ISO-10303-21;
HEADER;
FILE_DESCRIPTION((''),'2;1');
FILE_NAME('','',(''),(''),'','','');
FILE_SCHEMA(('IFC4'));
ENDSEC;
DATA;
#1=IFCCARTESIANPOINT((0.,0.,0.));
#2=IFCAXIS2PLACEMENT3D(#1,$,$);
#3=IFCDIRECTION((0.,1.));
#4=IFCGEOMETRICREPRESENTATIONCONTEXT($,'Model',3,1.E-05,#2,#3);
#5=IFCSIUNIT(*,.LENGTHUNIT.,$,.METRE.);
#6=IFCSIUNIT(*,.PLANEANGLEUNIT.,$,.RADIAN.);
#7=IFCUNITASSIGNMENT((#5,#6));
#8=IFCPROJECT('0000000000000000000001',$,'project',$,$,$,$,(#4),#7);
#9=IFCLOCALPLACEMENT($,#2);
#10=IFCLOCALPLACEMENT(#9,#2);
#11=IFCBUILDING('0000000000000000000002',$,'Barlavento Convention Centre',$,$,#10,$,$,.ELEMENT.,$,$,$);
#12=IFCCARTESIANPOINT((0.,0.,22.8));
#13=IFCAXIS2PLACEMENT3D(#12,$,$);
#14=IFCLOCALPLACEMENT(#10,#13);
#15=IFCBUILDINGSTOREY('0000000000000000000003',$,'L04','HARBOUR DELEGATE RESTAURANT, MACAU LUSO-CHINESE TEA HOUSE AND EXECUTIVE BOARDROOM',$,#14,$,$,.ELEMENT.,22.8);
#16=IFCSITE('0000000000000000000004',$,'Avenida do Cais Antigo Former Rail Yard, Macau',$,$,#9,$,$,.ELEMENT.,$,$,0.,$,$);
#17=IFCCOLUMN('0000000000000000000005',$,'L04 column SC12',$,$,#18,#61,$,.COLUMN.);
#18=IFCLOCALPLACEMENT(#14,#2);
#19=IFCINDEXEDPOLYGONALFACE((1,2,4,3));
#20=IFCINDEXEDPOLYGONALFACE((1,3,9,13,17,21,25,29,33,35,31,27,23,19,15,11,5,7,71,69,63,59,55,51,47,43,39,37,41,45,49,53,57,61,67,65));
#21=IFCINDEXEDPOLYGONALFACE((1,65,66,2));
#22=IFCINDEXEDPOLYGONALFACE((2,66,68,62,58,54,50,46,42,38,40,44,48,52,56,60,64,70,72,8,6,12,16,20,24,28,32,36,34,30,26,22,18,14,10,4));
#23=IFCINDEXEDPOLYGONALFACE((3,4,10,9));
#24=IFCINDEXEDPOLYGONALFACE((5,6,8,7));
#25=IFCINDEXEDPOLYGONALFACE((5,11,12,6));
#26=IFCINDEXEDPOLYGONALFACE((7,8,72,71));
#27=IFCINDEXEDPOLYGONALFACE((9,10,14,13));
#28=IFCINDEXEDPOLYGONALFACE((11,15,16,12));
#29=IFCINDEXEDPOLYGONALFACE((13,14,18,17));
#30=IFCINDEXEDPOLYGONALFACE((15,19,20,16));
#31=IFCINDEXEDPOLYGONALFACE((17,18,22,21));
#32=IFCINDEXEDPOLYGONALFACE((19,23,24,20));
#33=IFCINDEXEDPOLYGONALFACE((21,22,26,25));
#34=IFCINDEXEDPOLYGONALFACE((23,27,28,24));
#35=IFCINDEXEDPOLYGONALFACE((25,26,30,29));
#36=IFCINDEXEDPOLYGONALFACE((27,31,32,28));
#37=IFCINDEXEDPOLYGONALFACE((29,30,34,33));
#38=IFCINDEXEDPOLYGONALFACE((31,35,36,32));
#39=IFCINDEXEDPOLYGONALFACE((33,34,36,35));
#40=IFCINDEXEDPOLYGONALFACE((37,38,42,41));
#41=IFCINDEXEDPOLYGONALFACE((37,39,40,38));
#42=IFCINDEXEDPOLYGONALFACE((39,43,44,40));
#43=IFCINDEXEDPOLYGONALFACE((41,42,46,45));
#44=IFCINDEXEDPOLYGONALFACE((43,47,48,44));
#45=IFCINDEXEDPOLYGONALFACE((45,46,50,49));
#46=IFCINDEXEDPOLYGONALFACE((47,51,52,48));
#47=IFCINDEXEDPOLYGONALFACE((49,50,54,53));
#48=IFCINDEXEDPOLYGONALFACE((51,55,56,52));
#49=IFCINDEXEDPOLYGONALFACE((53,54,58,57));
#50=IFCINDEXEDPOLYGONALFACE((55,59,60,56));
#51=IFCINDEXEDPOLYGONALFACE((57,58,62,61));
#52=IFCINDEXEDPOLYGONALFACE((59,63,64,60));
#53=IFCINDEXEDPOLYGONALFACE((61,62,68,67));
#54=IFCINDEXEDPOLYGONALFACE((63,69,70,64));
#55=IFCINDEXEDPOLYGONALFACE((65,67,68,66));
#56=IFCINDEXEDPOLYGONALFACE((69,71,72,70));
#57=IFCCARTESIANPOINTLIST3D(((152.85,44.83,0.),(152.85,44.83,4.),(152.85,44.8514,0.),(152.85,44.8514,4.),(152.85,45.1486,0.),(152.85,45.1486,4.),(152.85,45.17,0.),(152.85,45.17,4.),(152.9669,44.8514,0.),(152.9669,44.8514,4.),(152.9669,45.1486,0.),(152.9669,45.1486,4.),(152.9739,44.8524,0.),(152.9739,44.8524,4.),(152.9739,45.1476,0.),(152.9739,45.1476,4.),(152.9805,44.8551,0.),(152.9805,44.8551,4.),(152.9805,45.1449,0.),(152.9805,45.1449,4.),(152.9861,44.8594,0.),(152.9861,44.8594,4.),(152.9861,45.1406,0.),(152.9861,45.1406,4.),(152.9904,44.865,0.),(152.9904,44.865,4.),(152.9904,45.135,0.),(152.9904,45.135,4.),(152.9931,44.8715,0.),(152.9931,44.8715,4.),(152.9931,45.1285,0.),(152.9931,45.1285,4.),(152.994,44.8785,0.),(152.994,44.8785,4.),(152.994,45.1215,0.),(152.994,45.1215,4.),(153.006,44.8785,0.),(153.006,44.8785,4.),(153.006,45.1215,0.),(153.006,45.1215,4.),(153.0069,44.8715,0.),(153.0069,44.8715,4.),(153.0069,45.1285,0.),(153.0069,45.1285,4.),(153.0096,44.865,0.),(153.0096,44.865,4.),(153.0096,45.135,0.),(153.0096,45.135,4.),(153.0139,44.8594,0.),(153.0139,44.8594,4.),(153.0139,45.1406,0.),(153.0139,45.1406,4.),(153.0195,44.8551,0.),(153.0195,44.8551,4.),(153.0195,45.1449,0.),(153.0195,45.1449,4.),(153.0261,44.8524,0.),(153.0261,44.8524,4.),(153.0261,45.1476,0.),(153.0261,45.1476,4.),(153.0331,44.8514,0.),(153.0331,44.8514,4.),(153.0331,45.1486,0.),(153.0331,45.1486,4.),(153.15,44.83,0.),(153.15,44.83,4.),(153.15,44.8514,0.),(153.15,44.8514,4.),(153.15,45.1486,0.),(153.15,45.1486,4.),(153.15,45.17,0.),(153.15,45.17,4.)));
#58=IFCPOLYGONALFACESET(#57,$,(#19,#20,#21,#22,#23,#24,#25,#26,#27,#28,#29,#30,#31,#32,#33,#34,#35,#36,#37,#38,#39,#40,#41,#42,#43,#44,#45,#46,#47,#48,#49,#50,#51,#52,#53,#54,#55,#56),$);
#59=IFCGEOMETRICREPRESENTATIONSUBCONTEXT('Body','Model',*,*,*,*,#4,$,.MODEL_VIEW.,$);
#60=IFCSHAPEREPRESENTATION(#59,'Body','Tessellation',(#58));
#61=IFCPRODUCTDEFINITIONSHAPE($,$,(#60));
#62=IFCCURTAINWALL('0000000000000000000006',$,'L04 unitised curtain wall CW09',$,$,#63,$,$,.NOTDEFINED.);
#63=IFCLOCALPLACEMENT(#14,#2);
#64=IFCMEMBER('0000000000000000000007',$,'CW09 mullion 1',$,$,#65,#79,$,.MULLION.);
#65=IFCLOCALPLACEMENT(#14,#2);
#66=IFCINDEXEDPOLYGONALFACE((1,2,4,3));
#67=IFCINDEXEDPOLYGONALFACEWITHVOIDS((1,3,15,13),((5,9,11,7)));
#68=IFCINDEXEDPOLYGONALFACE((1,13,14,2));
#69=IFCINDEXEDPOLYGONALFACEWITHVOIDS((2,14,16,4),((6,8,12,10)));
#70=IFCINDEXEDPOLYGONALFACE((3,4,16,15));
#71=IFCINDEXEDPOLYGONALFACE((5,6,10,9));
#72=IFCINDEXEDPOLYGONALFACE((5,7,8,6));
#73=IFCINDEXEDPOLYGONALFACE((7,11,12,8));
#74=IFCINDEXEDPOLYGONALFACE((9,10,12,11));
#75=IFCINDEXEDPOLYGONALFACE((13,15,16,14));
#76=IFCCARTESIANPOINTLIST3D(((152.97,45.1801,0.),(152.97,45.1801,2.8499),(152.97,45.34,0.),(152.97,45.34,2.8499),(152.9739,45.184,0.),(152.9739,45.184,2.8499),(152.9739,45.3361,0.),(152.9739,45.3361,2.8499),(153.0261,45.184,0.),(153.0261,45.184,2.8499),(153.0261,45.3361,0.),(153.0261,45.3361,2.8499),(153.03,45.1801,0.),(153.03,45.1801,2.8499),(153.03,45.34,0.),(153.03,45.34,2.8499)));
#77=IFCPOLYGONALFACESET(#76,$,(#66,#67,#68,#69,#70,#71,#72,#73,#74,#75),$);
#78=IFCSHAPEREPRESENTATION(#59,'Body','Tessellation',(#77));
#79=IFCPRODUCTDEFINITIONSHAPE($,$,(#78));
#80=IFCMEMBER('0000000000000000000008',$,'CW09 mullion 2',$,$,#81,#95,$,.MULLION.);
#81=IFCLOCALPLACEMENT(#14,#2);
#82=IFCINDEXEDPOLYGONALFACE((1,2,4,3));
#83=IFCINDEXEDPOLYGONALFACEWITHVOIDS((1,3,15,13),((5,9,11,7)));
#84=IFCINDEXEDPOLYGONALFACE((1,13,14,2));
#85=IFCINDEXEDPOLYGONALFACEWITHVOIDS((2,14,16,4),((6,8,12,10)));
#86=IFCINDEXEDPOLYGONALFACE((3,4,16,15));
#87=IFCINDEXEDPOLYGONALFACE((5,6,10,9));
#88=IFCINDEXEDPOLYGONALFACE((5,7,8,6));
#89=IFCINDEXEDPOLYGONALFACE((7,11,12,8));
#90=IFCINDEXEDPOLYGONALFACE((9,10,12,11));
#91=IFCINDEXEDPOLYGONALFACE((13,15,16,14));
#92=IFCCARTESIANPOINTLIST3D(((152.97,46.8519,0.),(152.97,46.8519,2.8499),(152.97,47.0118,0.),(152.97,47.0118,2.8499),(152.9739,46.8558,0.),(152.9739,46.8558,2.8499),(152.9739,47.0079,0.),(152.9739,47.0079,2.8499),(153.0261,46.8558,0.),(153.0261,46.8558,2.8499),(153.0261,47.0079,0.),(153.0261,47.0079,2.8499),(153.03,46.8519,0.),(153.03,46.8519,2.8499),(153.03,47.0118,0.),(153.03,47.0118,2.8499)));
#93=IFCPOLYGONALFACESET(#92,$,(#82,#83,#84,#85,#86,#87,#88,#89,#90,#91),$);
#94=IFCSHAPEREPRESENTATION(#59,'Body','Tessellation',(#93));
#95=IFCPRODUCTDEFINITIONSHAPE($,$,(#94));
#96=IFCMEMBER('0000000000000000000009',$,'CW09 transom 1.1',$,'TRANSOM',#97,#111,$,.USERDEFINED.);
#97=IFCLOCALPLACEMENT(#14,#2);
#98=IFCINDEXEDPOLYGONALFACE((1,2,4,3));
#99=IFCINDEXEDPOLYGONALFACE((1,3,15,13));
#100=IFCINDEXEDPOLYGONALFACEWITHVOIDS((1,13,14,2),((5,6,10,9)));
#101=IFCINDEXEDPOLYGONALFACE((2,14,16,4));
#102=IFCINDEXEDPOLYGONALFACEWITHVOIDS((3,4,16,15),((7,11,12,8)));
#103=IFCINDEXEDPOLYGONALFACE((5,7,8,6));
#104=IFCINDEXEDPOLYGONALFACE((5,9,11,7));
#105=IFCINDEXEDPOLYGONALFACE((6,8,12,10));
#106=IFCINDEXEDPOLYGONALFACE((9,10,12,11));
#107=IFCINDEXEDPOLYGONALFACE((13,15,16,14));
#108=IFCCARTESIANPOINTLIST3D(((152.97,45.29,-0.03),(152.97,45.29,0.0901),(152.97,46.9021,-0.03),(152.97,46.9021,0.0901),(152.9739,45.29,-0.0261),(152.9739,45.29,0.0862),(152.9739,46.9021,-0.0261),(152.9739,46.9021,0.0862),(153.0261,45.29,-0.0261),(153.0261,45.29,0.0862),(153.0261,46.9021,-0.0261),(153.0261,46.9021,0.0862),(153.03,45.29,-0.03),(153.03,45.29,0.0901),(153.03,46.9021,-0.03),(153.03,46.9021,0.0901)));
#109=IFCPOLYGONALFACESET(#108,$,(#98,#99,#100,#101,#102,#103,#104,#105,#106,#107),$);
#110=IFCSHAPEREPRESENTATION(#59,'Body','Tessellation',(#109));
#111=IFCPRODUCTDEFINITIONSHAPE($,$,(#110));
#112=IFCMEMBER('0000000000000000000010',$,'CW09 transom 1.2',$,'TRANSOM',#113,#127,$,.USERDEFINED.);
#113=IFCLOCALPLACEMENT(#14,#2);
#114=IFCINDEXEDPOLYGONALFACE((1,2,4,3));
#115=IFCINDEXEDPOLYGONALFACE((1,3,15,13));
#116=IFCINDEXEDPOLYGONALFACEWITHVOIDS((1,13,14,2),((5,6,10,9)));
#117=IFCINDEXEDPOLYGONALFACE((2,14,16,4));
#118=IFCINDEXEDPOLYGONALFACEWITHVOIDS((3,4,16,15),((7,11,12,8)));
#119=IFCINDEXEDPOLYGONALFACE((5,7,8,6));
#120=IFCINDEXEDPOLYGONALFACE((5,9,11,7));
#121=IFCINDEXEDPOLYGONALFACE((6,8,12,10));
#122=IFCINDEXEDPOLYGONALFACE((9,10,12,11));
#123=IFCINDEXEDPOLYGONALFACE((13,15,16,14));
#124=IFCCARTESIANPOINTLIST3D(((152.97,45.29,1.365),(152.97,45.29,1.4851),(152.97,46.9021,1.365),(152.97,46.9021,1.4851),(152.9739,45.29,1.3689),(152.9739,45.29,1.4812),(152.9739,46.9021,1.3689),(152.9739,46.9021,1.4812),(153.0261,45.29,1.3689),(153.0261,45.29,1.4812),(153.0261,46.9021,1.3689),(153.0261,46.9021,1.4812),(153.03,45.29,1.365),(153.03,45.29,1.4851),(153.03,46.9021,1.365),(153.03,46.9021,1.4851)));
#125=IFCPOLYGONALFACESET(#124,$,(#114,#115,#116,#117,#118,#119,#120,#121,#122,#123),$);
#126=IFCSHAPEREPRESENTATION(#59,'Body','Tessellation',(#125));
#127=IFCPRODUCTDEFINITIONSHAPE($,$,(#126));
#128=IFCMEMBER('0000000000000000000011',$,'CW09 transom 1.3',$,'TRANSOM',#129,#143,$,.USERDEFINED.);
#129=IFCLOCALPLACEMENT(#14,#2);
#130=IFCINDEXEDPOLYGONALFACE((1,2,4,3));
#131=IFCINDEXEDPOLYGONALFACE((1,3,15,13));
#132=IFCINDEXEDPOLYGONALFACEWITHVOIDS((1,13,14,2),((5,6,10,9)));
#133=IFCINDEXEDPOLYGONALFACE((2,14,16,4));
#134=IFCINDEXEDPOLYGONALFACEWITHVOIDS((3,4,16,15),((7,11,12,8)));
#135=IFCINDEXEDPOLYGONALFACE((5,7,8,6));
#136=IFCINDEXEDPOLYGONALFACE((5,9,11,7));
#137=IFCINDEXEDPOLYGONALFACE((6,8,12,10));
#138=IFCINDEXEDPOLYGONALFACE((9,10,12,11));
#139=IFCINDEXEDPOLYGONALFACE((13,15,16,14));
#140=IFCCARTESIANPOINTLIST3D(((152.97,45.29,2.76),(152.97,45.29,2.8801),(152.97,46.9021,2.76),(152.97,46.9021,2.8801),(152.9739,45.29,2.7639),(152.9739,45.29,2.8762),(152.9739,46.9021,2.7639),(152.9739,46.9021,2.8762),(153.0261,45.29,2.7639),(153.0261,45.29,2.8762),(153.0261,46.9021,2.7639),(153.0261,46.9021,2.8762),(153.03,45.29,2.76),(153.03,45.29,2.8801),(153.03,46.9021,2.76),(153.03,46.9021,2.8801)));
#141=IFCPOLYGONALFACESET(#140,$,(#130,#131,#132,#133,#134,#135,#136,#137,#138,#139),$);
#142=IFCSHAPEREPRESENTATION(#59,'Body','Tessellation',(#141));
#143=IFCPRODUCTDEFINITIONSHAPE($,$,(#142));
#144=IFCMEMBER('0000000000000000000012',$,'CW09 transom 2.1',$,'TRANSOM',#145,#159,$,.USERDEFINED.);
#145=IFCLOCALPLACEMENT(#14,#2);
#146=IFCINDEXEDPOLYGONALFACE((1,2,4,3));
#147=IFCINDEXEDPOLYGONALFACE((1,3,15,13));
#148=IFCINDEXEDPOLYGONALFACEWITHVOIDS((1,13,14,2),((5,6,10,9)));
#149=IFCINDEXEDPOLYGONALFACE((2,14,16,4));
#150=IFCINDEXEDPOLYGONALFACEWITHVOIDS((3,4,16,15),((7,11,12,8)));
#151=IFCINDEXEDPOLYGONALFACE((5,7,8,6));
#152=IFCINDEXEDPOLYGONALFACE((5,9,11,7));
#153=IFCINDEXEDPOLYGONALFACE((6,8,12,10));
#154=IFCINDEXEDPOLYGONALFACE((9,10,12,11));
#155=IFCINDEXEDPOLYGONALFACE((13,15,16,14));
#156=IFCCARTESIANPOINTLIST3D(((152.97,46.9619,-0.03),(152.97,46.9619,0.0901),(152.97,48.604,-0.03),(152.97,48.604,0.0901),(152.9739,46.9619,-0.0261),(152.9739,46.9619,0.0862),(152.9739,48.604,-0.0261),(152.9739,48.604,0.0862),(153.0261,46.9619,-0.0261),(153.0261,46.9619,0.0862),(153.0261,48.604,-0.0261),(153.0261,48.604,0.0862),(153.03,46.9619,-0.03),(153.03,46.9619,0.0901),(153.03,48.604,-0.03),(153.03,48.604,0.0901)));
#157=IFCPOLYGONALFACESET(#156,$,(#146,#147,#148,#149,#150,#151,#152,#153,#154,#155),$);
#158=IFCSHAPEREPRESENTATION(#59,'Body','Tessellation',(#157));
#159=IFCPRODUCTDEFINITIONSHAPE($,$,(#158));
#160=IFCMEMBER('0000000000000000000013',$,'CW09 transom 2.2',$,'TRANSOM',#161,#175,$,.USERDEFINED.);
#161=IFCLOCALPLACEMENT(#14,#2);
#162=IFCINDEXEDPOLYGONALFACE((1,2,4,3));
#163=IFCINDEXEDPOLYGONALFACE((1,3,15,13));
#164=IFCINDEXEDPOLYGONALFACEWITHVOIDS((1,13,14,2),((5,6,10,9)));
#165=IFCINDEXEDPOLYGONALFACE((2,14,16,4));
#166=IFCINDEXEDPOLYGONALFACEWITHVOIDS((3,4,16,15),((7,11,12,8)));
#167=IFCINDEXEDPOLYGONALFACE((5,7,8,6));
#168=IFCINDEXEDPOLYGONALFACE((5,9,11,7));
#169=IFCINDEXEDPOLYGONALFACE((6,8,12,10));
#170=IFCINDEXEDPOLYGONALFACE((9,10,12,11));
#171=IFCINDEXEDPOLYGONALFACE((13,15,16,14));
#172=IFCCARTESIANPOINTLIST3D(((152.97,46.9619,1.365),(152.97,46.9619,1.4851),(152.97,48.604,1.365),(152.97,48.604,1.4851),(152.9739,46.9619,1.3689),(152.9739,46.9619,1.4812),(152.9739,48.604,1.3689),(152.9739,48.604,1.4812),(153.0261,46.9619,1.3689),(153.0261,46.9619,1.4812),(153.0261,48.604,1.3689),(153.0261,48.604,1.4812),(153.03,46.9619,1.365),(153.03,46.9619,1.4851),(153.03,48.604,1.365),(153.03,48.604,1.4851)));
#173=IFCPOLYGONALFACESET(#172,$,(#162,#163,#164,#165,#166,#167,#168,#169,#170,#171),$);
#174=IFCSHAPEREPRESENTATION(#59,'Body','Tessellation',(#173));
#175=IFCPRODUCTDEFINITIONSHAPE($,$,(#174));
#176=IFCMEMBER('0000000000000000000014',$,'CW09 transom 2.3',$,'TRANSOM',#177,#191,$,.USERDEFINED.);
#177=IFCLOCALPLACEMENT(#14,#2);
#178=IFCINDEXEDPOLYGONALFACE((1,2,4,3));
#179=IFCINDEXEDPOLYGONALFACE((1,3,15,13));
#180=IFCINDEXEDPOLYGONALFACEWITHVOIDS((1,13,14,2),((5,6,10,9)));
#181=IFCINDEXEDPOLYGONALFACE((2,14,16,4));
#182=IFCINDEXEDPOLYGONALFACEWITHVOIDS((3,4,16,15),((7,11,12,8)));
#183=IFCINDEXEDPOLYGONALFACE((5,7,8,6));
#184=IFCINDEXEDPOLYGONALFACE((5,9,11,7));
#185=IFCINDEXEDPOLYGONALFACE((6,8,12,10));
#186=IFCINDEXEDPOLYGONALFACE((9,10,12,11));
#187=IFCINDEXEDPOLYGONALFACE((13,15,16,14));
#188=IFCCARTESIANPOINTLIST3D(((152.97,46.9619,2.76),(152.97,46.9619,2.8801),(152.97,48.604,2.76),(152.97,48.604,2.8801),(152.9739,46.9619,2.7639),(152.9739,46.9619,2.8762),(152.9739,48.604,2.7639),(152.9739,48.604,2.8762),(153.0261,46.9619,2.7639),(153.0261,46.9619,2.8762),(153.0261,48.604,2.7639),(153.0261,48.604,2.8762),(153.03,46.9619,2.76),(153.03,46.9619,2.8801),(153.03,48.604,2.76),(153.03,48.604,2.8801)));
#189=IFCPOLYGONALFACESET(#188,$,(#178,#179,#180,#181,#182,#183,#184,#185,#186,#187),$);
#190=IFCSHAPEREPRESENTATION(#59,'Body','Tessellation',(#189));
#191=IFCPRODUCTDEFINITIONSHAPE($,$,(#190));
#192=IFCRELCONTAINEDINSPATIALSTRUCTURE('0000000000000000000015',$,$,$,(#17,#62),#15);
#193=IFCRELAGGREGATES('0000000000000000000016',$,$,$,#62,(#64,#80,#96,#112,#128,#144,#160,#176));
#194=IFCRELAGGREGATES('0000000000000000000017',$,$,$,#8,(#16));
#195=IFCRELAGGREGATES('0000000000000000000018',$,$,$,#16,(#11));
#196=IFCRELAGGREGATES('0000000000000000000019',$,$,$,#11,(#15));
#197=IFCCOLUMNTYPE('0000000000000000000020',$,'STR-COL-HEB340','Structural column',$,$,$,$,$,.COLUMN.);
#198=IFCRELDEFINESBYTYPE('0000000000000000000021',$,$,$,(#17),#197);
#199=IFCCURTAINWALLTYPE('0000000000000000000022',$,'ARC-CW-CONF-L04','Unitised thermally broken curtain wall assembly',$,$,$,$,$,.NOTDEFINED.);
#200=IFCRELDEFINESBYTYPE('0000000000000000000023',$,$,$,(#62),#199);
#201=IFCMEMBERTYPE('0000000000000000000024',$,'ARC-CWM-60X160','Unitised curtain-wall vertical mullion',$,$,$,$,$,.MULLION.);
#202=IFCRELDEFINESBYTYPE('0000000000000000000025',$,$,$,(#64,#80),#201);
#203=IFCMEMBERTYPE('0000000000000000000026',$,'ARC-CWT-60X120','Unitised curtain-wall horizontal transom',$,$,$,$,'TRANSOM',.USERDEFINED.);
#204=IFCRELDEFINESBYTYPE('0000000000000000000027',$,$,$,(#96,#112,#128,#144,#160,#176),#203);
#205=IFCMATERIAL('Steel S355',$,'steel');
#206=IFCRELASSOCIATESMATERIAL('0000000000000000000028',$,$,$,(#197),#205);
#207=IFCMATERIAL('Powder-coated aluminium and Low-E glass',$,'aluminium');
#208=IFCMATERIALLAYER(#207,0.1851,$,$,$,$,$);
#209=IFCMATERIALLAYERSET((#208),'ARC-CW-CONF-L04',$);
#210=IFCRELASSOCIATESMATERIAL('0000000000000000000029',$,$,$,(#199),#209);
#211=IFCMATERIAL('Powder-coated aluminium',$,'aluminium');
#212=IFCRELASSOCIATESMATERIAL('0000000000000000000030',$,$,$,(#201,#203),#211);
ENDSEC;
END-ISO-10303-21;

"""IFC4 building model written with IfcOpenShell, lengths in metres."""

from ifc_helpers import new_model, si_unit, direction, frame, origin, origin_2d, place, context, subcontext, project, spatial, hollow_rectangle, i_section, extrude, material, layer, layer_set, material_profile, profile_set, type_object, element, aggregate, save


model = new_model("IFC4")

# Units and contexts
model_context = context("Model", 3, precision=1e-05, world=origin(), true_north=direction((0.0, 1.0)))
body_context = subcontext(model_context, "Body", "Model", "MODEL_VIEW")
ifc_project = project(units=[si_unit("LENGTHUNIT", "METRE"), si_unit("PLANEANGLEUNIT", "RADIAN")], contexts=[model_context])

# Site, building, storey
site_placement = place(None, origin())
site = spatial("IfcSite", under=ifc_project, at=site_placement, Name="Avenida do Cais Antigo Former Rail Yard, Macau", CompositionType="ELEMENT", RefElevation=0.0)
building_placement = place(site_placement, origin())
building = spatial("IfcBuilding", under=site, at=building_placement, Name="Barlavento Convention Centre", CompositionType="ELEMENT")
storey_placement = place(building_placement, frame((0.0, 0.0, 22.8)))
storey = spatial("IfcBuildingStorey", under=building, at=storey_placement, Name="L04", Description="HARBOUR DELEGATE RESTAURANT, MACAU LUSO-CHINESE TEA HOUSE AND EXECUTIVE BOARDROOM", CompositionType="ELEMENT", Elevation=22.8)

# Column
ifc_material_1 = material(Name="Steel S355", Category="steel")
ifc_material_profile_1 = material_profile(ifc_material_1, i_section(OverallWidth=0.3, OverallDepth=0.3401, WebThickness=0.012, FlangeThickness=0.0215, FilletRadius=0.0271, at=origin_2d()), Name="HEB 340")
ifc_profile_set_1 = profile_set([ifc_material_profile_1], Name="Steel S355")
column_type = type_object("IfcColumnType", Name="STR-COL-HEB340", Description="Structural column", PredefinedType="COLUMN", material=ifc_profile_set_1)
column_placement = place(storey_placement, frame((153.0, 45.0, 0.0), z_axis=(0.0, 0.0, 1.0), x_axis=(1.0, 0.0, 0.0)))
element("IfcColumn", 1, at=column_placement, inside=storey, type_object=column_type, Name="L04 column SC12", PredefinedType="COLUMN", context=body_context, shape_type="SweptSolid", body=[
    extrude(i_section(OverallWidth=0.3, OverallDepth=0.3401, WebThickness=0.012, FlangeThickness=0.0215, FilletRadius=0.0271, at=origin_2d()), origin(), (0.0, 0.0, 1.0), 4.0),
])

# Curtain wall, members
ifc_material_2 = material(Name="Powder-coated aluminium and Low-E glass", Category="aluminium")
ifc_layer_1 = layer(ifc_material_2, 0.1851)
ifc_layer_set_1 = layer_set([ifc_layer_1], Name="ARC-CW-CONF-L04")
curtain_wall_type = type_object("IfcCurtainWallType", Name="ARC-CW-CONF-L04", Description="Unitised thermally broken curtain wall assembly", PredefinedType="NOTDEFINED", material=ifc_layer_set_1)
curtain_wall_placement = place(storey_placement, origin())
curtain_wall = element("IfcCurtainWall", 2, at=curtain_wall_placement, inside=storey, type_object=curtain_wall_type, Name="L04 unitised curtain wall CW09", PredefinedType="NOTDEFINED")
ifc_material_3 = material(Name="Powder-coated aluminium", Category="aluminium")
ifc_material_profile_2 = material_profile(ifc_material_3, hollow_rectangle(XDim=0.0601, YDim=0.1599, WallThickness=0.0039, at=origin_2d()), Name="AL-MULL 60x160x4")
ifc_profile_set_2 = profile_set([ifc_material_profile_2], Name="Powder-coated aluminium")
member_type_1 = type_object("IfcMemberType", Name="ARC-CWM-60X160", Description="Unitised curtain-wall vertical mullion", PredefinedType="MULLION", material=ifc_profile_set_2)
member_1_placement = place(storey_placement, frame((153.0, 45.26, 0.0), z_axis=(0.0, 0.0, 1.0), x_axis=(-1.0, 0.0, 0.0)))
member_1 = element("IfcMember", 3, at=member_1_placement, type_object=member_type_1, Name="CW09 mullion 1", PredefinedType="MULLION", context=body_context, shape_type="SweptSolid", body=[
    extrude(hollow_rectangle(XDim=0.0601, YDim=0.1599, WallThickness=0.0039, at=origin_2d()), origin(), (0.0, 0.0, 1.0), 2.8499),
])
member_2_placement = place(storey_placement, frame((153.0, 46.9319, 0.0), z_axis=(0.0, 0.0, 1.0), x_axis=(-1.0, 0.0, 0.0)))
member_2 = element("IfcMember", 4, at=member_2_placement, type_object=member_type_1, Name="CW09 mullion 2", PredefinedType="MULLION", context=body_context, shape_type="SweptSolid", body=[
    extrude(hollow_rectangle(XDim=0.0601, YDim=0.1599, WallThickness=0.0039, at=origin_2d()), origin(), (0.0, 0.0, 1.0), 2.8499),
])
ifc_material_profile_3 = material_profile(ifc_material_3, hollow_rectangle(XDim=0.0601, YDim=0.1201, WallThickness=0.0039, at=origin_2d()), Name="AL-TRAN 60x120x4")
ifc_profile_set_3 = profile_set([ifc_material_profile_3], Name="Powder-coated aluminium")
member_type_2 = type_object("IfcMemberType", Name="ARC-CWT-60X120", Description="Unitised curtain-wall horizontal transom", ElementType="TRANSOM", PredefinedType="USERDEFINED", material=ifc_profile_set_3)
member_3_placement = place(storey_placement, frame((153.0, 45.29, 0.03), z_axis=(0.0, 1.0, 0.0), x_axis=(-1.0, 0.0, 0.0)))
member_3 = element("IfcMember", 5, at=member_3_placement, type_object=member_type_2, Name="CW09 transom 1.1", ObjectType="TRANSOM", PredefinedType="USERDEFINED", context=body_context, shape_type="SweptSolid", body=[
    extrude(hollow_rectangle(XDim=0.0601, YDim=0.1201, WallThickness=0.0039, at=origin_2d()), origin(), (0.0, 0.0, 1.0), 1.6121),
])
member_4_placement = place(storey_placement, frame((153.0, 45.29, 1.425), z_axis=(0.0, 1.0, 0.0), x_axis=(-1.0, 0.0, 0.0)))
member_4 = element("IfcMember", 6, at=member_4_placement, type_object=member_type_2, Name="CW09 transom 1.2", ObjectType="TRANSOM", PredefinedType="USERDEFINED", context=body_context, shape_type="SweptSolid", body=[
    extrude(hollow_rectangle(XDim=0.0601, YDim=0.1201, WallThickness=0.0039, at=origin_2d()), origin(), (0.0, 0.0, 1.0), 1.6121),
])
member_5_placement = place(storey_placement, frame((153.0, 45.29, 2.8201), z_axis=(0.0, 1.0, 0.0), x_axis=(-1.0, 0.0, 0.0)))
member_5 = element("IfcMember", 7, at=member_5_placement, type_object=member_type_2, Name="CW09 transom 1.3", ObjectType="TRANSOM", PredefinedType="USERDEFINED", context=body_context, shape_type="SweptSolid", body=[
    extrude(hollow_rectangle(XDim=0.0601, YDim=0.1201, WallThickness=0.0039, at=origin_2d()), origin(), (0.0, 0.0, 1.0), 1.6121),
])
member_6_placement = place(storey_placement, frame((153.0, 46.9619, 0.03), z_axis=(0.0, 1.0, 0.0), x_axis=(-1.0, 0.0, 0.0)))
member_6 = element("IfcMember", 8, at=member_6_placement, type_object=member_type_2, Name="CW09 transom 2.1", ObjectType="TRANSOM", PredefinedType="USERDEFINED", context=body_context, shape_type="SweptSolid", body=[
    extrude(hollow_rectangle(XDim=0.0601, YDim=0.1201, WallThickness=0.0039, at=origin_2d()), origin(), (0.0, 0.0, 1.0), 1.6421),
])
member_7_placement = place(storey_placement, frame((153.0, 46.9619, 1.425), z_axis=(0.0, 1.0, 0.0), x_axis=(-1.0, 0.0, 0.0)))
member_7 = element("IfcMember", 9, at=member_7_placement, type_object=member_type_2, Name="CW09 transom 2.2", ObjectType="TRANSOM", PredefinedType="USERDEFINED", context=body_context, shape_type="SweptSolid", body=[
    extrude(hollow_rectangle(XDim=0.0601, YDim=0.1201, WallThickness=0.0039, at=origin_2d()), origin(), (0.0, 0.0, 1.0), 1.6421),
])
member_8_placement = place(storey_placement, frame((153.0, 46.9619, 2.8201), z_axis=(0.0, 1.0, 0.0), x_axis=(-1.0, 0.0, 0.0)))
member_8 = element("IfcMember", 10, at=member_8_placement, type_object=member_type_2, Name="CW09 transom 2.3", ObjectType="TRANSOM", PredefinedType="USERDEFINED", context=body_context, shape_type="SweptSolid", body=[
    extrude(hollow_rectangle(XDim=0.0601, YDim=0.1201, WallThickness=0.0039, at=origin_2d()), origin(), (0.0, 0.0, 1.0), 1.6421),
])

aggregate(curtain_wall, [member_1, member_2, member_3, member_4, member_5, member_6, member_7, member_8])

save(model, "model.ifc")
